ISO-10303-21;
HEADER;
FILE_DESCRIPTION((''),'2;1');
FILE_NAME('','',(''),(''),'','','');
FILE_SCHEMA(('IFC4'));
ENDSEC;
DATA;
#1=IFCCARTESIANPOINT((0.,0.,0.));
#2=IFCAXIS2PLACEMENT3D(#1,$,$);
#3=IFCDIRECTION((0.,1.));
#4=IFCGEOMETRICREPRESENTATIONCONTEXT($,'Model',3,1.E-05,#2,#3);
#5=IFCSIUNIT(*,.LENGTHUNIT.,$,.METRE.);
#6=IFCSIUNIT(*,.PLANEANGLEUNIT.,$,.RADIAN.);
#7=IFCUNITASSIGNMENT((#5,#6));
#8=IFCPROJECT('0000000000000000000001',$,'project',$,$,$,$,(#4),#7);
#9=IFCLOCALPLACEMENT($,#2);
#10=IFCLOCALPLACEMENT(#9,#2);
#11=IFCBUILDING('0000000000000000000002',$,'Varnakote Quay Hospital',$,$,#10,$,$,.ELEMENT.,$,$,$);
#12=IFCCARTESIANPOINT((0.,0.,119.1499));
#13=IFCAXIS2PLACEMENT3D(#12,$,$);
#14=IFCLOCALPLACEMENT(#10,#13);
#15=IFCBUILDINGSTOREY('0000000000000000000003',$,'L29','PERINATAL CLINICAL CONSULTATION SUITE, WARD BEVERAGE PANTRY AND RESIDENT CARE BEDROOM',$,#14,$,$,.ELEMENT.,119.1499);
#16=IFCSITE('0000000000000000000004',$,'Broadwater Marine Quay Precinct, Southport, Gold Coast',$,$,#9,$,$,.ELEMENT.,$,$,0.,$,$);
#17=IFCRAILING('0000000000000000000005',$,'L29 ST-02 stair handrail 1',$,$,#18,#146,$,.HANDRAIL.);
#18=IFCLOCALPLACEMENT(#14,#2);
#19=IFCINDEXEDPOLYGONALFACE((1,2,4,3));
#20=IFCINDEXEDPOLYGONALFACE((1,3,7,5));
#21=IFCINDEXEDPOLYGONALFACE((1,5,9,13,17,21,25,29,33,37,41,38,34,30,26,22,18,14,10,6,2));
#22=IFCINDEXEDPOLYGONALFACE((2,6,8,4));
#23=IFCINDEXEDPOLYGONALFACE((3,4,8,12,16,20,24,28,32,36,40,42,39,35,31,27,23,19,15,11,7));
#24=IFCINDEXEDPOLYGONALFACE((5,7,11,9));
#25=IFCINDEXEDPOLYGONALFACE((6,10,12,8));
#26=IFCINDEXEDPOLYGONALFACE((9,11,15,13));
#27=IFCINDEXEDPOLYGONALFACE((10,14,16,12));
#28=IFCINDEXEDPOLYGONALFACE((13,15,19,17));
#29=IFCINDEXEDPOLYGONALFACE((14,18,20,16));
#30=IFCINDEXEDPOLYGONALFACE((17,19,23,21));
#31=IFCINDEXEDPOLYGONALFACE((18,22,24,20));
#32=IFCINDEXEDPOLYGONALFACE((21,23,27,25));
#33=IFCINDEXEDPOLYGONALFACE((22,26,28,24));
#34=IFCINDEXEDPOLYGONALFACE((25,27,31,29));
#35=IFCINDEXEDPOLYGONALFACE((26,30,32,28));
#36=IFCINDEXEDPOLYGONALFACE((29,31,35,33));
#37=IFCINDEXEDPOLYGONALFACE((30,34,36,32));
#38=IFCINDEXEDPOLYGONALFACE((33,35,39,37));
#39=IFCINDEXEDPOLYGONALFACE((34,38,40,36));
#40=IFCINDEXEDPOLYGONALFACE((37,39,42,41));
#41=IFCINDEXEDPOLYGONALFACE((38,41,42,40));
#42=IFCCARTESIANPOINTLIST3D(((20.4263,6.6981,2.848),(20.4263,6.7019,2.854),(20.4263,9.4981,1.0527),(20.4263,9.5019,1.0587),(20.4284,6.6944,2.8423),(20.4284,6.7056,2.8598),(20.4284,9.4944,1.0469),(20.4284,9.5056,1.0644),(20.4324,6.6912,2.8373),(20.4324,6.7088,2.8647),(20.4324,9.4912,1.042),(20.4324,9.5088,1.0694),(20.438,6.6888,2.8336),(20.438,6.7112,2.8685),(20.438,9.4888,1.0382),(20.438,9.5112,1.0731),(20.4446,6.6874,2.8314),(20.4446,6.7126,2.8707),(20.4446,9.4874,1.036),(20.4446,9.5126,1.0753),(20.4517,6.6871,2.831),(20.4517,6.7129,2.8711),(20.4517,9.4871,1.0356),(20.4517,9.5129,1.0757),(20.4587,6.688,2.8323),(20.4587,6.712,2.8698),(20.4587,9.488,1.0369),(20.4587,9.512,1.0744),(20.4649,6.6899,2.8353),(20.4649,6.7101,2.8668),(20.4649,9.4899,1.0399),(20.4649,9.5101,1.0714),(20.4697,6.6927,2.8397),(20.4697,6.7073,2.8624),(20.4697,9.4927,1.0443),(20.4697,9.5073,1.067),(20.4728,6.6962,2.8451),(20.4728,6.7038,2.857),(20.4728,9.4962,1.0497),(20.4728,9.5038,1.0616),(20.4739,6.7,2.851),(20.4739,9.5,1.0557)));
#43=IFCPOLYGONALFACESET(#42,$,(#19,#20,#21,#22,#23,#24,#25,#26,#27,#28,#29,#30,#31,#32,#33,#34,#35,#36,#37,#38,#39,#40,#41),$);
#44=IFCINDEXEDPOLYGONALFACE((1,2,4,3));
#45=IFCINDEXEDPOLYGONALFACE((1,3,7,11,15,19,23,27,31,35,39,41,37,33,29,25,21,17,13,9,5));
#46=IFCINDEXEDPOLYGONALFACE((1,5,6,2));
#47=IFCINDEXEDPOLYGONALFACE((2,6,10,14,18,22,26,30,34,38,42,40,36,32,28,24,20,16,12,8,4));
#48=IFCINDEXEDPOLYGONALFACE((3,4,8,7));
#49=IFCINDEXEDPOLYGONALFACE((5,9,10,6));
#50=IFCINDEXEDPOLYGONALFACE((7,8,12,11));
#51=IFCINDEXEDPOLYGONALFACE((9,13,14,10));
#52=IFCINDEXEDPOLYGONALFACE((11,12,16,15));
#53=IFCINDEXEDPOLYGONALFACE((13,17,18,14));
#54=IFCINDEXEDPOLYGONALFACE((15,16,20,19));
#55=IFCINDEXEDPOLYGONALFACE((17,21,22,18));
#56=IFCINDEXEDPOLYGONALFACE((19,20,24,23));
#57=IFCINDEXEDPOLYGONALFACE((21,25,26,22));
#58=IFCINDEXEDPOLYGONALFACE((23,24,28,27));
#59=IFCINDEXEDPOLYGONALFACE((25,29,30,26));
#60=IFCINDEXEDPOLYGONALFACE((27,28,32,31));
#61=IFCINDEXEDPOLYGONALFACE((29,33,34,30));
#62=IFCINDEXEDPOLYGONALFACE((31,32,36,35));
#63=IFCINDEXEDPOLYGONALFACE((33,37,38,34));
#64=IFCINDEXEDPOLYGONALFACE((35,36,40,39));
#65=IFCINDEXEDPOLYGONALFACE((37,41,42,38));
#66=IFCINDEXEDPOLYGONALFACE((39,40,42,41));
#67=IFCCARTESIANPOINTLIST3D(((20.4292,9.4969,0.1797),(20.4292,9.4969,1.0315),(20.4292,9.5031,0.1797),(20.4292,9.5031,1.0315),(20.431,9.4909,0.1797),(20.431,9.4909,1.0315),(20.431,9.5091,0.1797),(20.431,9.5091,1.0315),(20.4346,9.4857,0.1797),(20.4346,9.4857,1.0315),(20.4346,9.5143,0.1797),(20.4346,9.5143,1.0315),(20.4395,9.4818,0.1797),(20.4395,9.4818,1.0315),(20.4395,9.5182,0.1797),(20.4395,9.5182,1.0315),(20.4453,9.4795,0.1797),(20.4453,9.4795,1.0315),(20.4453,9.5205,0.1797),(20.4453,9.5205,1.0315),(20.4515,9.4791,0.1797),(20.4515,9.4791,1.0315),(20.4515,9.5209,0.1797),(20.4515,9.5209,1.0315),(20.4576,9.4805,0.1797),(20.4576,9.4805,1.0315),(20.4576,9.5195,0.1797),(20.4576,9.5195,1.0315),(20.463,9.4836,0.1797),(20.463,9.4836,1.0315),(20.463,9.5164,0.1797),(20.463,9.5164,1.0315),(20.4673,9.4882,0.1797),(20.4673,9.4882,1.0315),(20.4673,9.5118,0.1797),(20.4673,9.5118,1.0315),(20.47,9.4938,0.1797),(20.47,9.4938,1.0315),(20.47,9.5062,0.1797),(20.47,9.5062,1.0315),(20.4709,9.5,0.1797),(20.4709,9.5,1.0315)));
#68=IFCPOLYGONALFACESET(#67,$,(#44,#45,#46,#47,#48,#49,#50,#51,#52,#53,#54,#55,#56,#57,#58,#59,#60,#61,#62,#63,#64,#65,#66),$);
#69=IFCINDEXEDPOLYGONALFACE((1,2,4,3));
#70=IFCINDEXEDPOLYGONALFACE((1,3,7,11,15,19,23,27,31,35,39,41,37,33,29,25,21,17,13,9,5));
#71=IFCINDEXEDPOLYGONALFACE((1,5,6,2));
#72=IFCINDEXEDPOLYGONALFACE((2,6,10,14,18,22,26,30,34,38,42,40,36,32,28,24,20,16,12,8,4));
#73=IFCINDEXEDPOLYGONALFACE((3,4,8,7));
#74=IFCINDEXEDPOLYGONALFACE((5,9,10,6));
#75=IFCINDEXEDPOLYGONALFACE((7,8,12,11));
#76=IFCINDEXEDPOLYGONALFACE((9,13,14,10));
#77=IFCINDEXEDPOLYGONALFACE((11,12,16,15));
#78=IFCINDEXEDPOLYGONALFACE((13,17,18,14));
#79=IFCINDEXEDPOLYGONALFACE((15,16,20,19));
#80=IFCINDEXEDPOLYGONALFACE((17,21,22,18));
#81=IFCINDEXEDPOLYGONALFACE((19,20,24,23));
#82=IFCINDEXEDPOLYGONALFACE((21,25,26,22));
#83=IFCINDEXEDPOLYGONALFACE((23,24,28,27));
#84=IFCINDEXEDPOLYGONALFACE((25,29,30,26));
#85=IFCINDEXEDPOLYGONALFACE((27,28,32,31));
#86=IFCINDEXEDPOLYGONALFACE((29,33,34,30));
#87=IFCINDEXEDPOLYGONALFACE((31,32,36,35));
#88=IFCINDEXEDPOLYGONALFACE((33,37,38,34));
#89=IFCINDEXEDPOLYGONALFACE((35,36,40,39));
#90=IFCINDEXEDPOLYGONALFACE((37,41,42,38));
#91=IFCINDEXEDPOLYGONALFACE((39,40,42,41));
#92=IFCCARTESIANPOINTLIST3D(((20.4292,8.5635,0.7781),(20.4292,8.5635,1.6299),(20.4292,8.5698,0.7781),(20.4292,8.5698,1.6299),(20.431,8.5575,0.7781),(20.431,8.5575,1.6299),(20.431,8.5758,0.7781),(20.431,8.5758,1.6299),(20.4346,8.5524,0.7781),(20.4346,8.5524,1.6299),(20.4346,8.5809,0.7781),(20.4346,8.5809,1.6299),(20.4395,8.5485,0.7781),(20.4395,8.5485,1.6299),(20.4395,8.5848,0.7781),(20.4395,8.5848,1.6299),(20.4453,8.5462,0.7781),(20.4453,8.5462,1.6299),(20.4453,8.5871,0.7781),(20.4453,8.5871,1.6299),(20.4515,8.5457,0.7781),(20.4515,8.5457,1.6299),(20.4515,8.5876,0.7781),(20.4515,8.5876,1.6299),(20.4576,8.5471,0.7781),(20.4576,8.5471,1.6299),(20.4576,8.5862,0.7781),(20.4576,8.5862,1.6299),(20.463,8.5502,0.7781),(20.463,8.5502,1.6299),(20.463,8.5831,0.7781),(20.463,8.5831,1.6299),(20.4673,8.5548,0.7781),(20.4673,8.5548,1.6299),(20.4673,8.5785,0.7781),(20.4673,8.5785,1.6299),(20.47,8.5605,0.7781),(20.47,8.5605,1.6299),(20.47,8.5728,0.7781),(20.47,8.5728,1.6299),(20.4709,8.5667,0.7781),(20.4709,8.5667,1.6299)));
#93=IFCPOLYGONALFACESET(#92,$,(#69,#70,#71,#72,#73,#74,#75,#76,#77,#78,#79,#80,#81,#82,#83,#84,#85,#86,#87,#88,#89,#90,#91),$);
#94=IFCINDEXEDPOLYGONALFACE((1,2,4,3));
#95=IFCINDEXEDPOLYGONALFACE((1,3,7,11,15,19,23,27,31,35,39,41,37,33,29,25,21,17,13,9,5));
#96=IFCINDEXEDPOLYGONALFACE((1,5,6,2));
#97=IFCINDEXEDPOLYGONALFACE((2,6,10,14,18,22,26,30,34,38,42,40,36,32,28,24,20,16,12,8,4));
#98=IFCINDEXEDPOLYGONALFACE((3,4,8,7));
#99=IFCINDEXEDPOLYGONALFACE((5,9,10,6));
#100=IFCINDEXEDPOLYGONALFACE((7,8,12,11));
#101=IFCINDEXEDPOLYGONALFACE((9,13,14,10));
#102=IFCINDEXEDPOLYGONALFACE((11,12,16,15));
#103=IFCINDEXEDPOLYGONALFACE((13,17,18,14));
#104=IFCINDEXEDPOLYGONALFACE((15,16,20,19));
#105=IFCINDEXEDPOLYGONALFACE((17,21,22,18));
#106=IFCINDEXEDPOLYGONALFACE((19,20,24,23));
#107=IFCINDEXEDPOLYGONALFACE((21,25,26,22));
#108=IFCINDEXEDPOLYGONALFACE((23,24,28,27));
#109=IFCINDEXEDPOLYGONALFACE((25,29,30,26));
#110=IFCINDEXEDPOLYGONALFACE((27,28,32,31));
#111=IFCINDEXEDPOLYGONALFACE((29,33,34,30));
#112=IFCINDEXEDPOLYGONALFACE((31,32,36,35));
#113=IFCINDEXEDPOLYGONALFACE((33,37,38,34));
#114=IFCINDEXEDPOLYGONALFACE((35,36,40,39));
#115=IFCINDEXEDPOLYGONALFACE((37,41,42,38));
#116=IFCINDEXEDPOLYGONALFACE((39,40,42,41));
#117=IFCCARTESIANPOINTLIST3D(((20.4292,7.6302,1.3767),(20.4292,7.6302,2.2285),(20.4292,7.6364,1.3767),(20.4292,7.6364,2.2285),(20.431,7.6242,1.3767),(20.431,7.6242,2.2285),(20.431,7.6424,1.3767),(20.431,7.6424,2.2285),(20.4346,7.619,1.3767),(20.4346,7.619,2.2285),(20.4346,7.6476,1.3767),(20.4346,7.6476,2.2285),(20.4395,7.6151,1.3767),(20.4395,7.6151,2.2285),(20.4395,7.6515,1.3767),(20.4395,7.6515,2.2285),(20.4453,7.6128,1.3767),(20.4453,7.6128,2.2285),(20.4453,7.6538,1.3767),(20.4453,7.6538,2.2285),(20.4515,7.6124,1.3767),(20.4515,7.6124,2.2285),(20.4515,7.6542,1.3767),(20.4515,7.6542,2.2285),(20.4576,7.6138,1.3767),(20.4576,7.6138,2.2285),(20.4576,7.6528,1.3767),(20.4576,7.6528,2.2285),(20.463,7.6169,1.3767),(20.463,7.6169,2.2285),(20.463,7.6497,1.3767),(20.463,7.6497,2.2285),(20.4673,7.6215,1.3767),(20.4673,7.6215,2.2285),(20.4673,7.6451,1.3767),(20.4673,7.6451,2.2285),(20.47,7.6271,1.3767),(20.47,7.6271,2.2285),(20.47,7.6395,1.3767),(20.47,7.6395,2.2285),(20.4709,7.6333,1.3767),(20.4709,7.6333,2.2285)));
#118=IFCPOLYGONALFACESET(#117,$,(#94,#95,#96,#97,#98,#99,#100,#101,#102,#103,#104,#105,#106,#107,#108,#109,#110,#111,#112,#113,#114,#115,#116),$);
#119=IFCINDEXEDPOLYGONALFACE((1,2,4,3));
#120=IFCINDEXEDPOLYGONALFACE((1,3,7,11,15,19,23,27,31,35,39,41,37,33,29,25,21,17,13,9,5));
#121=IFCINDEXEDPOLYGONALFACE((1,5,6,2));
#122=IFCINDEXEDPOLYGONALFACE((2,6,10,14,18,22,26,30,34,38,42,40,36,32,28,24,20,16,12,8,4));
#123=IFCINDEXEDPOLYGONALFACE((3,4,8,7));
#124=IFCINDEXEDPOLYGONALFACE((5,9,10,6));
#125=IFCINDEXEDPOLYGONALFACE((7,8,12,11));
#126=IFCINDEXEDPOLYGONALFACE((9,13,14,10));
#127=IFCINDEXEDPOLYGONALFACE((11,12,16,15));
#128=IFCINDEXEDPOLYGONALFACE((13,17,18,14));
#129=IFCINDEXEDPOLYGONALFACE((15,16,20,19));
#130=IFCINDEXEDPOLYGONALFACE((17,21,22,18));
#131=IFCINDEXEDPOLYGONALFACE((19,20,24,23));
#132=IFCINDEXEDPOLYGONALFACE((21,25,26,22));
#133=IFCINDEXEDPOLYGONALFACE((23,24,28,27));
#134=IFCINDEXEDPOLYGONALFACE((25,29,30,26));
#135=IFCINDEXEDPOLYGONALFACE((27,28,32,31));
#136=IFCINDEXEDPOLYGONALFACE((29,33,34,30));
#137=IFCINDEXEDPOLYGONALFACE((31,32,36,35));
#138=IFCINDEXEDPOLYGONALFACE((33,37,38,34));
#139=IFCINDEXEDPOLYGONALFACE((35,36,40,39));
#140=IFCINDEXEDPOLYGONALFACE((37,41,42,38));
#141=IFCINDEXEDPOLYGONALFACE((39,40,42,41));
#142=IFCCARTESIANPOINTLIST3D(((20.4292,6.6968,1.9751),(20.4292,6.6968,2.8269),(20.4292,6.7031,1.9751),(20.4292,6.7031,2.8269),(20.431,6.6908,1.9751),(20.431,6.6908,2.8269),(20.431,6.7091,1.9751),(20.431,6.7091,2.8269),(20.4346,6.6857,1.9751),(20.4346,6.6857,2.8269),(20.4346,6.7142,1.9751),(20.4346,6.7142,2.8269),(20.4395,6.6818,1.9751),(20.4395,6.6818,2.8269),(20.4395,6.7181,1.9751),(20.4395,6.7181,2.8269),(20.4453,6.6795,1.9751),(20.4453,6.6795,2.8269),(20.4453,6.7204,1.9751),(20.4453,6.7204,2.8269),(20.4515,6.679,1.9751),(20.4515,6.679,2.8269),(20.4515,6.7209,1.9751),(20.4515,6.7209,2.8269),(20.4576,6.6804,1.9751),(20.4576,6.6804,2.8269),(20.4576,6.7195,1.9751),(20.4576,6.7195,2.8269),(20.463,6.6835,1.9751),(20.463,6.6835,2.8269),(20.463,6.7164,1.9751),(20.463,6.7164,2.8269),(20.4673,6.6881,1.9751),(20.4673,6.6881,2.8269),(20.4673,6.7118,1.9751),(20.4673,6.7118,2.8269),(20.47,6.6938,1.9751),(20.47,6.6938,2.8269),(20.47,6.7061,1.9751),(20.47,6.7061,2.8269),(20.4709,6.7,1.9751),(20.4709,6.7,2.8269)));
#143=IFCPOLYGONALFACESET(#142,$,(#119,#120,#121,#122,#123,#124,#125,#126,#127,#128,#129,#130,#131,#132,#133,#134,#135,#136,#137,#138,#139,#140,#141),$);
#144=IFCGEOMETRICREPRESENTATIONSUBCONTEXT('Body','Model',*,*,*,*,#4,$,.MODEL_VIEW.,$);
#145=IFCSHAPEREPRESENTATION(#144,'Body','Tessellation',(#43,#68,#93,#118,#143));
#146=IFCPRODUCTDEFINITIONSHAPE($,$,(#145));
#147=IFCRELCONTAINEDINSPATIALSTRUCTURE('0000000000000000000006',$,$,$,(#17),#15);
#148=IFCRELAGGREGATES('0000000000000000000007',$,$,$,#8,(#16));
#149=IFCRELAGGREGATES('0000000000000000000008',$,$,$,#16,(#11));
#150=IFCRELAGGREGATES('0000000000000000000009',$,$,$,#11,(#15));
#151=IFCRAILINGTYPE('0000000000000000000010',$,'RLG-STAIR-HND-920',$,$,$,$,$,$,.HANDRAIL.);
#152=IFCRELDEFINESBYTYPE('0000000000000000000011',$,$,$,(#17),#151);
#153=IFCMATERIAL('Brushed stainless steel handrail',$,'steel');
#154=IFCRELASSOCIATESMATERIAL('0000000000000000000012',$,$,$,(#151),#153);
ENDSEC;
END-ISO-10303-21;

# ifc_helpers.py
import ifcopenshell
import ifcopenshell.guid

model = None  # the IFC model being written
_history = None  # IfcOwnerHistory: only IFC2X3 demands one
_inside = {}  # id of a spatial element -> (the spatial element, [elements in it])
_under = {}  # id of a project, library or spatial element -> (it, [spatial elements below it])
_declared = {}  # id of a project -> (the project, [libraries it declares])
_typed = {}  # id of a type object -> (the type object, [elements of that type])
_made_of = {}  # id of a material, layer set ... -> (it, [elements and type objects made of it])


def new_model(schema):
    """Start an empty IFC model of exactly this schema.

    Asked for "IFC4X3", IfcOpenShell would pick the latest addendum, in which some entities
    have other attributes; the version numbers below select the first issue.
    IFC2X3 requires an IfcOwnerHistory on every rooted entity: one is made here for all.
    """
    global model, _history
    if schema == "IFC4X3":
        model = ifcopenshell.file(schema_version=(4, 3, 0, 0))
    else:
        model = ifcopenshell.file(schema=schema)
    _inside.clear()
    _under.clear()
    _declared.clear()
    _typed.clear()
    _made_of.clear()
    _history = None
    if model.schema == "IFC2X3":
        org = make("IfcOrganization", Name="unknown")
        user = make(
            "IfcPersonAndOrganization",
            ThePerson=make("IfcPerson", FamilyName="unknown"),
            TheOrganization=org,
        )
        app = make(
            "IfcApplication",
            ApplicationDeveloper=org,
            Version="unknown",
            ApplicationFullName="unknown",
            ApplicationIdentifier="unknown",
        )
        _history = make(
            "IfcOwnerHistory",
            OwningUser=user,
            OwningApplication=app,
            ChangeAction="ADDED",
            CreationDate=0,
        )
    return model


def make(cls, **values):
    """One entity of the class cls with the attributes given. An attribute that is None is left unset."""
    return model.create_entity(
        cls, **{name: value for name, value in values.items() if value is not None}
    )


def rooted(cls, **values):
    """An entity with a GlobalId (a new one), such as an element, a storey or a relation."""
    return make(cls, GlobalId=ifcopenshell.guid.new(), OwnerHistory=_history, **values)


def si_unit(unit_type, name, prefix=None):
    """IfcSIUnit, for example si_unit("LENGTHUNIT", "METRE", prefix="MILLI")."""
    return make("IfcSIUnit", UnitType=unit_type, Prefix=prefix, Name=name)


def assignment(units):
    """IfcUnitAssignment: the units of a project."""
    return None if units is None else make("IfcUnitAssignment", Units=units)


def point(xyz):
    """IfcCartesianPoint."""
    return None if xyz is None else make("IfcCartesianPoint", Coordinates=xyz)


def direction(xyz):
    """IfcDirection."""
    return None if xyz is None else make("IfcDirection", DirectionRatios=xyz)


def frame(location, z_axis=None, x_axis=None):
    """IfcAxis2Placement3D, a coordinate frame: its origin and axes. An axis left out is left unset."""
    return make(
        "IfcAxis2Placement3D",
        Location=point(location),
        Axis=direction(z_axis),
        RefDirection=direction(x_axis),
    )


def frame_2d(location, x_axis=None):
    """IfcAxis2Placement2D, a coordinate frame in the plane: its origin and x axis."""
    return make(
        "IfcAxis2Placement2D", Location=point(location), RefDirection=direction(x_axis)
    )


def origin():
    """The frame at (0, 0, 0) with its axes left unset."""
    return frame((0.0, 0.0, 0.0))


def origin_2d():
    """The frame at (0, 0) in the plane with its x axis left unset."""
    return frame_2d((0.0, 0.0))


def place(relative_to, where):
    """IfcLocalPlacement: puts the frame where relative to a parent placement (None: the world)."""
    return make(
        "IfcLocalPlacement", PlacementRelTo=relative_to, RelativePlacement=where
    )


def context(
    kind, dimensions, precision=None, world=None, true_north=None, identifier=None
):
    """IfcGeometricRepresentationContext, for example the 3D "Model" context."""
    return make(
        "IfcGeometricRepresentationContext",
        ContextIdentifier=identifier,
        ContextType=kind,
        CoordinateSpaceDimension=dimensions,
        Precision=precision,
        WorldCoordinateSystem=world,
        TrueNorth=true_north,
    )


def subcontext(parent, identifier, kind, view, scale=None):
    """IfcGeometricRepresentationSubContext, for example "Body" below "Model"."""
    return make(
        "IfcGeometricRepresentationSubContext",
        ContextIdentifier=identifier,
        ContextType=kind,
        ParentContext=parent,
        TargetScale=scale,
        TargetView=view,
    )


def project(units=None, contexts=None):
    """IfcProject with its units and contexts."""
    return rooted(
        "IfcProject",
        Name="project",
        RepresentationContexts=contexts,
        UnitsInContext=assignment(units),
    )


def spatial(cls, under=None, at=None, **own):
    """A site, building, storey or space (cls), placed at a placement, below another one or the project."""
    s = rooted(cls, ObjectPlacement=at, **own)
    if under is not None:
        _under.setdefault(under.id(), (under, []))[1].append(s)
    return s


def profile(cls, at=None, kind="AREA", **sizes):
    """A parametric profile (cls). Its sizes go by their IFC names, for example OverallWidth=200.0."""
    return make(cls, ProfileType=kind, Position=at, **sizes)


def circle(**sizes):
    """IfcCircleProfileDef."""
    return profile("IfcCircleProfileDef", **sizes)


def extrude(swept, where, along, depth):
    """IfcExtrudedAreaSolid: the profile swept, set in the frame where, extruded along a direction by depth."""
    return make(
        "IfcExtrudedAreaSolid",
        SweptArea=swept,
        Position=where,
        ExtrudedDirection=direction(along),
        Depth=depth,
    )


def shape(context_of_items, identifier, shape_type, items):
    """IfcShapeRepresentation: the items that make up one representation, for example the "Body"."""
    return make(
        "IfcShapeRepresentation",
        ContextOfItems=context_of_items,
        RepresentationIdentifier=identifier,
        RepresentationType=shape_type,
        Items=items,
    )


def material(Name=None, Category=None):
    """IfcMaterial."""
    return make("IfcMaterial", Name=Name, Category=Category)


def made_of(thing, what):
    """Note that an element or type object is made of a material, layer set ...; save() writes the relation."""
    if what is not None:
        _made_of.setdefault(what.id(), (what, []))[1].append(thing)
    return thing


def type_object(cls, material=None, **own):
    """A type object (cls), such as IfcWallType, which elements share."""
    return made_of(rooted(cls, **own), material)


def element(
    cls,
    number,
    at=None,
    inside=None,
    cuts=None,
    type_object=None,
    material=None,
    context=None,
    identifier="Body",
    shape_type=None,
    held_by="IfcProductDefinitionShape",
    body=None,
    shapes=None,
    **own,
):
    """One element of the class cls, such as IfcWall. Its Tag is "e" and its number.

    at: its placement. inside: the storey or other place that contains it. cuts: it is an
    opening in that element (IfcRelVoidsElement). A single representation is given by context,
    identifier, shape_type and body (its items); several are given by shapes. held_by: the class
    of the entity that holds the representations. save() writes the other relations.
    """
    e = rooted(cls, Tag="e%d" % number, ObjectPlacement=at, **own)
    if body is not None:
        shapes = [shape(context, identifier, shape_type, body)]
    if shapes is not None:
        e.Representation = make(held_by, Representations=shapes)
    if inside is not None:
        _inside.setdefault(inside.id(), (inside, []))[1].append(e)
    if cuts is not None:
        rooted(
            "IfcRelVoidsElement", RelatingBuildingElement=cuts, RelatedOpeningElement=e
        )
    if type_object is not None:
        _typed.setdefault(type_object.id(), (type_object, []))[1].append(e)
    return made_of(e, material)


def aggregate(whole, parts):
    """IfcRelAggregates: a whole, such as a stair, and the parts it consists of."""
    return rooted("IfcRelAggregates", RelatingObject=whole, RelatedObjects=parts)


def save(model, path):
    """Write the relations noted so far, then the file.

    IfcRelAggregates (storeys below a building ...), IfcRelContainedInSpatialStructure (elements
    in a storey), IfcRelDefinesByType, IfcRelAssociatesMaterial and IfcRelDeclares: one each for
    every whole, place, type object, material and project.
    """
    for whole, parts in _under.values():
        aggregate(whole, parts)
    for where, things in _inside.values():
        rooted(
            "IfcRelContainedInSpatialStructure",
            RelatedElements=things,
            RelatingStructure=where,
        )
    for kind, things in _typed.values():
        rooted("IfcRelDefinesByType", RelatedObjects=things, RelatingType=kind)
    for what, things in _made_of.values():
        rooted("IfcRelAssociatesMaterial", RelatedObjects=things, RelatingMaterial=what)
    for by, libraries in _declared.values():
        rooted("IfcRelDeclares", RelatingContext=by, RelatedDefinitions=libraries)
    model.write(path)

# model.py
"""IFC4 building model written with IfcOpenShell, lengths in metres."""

from ifc_helpers import new_model, si_unit, direction, frame, origin, origin_2d, place, context, subcontext, project, spatial, circle, extrude, material, type_object, element, save


model = new_model("IFC4")

# Units and contexts
model_context = context("Model", 3, precision=1e-05, world=origin(), true_north=direction((0.0, 1.0)))
body_context = subcontext(model_context, "Body", "Model", "MODEL_VIEW")
ifc_project = project(units=[si_unit("LENGTHUNIT", "METRE"), si_unit("PLANEANGLEUNIT", "RADIAN")], contexts=[model_context])

# Site, building, storey
site_placement = place(None, origin())
site = spatial("IfcSite", under=ifc_project, at=site_placement, Name="Broadwater Marine Quay Precinct, Southport, Gold Coast", CompositionType="ELEMENT", RefElevation=0.0)
building_placement = place(site_placement, origin())
building = spatial("IfcBuilding", under=site, at=building_placement, Name="Varnakote Quay Hospital", CompositionType="ELEMENT")
storey_placement = place(building_placement, frame((0.0, 0.0, 119.1499)))
storey = spatial("IfcBuildingStorey", under=building, at=storey_placement, Name="L29", Description="PERINATAL CLINICAL CONSULTATION SUITE, WARD BEVERAGE PANTRY AND RESIDENT CARE BEDROOM", CompositionType="ELEMENT", Elevation=119.1499)

# Railing
ifc_material_1 = material(Name="Brushed stainless steel handrail", Category="steel")
railing_type_1 = type_object("IfcRailingType", Name="RLG-STAIR-HND-920", PredefinedType="HANDRAIL", material=ifc_material_1)
railing_1_placement = place(storey_placement, frame((20.45, 9.5, 0.1797)))
element("IfcRailing", 1, at=railing_1_placement, inside=storey, type_object=railing_type_1, Name="L29 ST-02 stair handrail 1", PredefinedType="HANDRAIL", context=body_context, shape_type="SweptSolid", body=[
    extrude(circle(Radius=0.0239, at=origin_2d()), frame((0.0, 0.0, 0.876), z_axis=(0.0, -0.84181, 0.539774), x_axis=(1.0, 0.0, 0.0)), (0.0, 0.0, 1.0), 3.3262),
    extrude(circle(Radius=0.021, at=origin_2d()), origin(), (0.0, 0.0, 1.0), 0.8518),
    extrude(circle(Radius=0.021, at=origin_2d()), frame((0.0, -0.9333, 0.5984)), (0.0, 0.0, 1.0), 0.8518),
    extrude(circle(Radius=0.021, at=origin_2d()), frame((0.0, -1.8667, 1.197)), (0.0, 0.0, 1.0), 0.8518),
    extrude(circle(Radius=0.021, at=origin_2d()), frame((0.0, -2.8, 1.7954)), (0.0, 0.0, 1.0), 0.8518),
])

save(model, "model.ifc")
